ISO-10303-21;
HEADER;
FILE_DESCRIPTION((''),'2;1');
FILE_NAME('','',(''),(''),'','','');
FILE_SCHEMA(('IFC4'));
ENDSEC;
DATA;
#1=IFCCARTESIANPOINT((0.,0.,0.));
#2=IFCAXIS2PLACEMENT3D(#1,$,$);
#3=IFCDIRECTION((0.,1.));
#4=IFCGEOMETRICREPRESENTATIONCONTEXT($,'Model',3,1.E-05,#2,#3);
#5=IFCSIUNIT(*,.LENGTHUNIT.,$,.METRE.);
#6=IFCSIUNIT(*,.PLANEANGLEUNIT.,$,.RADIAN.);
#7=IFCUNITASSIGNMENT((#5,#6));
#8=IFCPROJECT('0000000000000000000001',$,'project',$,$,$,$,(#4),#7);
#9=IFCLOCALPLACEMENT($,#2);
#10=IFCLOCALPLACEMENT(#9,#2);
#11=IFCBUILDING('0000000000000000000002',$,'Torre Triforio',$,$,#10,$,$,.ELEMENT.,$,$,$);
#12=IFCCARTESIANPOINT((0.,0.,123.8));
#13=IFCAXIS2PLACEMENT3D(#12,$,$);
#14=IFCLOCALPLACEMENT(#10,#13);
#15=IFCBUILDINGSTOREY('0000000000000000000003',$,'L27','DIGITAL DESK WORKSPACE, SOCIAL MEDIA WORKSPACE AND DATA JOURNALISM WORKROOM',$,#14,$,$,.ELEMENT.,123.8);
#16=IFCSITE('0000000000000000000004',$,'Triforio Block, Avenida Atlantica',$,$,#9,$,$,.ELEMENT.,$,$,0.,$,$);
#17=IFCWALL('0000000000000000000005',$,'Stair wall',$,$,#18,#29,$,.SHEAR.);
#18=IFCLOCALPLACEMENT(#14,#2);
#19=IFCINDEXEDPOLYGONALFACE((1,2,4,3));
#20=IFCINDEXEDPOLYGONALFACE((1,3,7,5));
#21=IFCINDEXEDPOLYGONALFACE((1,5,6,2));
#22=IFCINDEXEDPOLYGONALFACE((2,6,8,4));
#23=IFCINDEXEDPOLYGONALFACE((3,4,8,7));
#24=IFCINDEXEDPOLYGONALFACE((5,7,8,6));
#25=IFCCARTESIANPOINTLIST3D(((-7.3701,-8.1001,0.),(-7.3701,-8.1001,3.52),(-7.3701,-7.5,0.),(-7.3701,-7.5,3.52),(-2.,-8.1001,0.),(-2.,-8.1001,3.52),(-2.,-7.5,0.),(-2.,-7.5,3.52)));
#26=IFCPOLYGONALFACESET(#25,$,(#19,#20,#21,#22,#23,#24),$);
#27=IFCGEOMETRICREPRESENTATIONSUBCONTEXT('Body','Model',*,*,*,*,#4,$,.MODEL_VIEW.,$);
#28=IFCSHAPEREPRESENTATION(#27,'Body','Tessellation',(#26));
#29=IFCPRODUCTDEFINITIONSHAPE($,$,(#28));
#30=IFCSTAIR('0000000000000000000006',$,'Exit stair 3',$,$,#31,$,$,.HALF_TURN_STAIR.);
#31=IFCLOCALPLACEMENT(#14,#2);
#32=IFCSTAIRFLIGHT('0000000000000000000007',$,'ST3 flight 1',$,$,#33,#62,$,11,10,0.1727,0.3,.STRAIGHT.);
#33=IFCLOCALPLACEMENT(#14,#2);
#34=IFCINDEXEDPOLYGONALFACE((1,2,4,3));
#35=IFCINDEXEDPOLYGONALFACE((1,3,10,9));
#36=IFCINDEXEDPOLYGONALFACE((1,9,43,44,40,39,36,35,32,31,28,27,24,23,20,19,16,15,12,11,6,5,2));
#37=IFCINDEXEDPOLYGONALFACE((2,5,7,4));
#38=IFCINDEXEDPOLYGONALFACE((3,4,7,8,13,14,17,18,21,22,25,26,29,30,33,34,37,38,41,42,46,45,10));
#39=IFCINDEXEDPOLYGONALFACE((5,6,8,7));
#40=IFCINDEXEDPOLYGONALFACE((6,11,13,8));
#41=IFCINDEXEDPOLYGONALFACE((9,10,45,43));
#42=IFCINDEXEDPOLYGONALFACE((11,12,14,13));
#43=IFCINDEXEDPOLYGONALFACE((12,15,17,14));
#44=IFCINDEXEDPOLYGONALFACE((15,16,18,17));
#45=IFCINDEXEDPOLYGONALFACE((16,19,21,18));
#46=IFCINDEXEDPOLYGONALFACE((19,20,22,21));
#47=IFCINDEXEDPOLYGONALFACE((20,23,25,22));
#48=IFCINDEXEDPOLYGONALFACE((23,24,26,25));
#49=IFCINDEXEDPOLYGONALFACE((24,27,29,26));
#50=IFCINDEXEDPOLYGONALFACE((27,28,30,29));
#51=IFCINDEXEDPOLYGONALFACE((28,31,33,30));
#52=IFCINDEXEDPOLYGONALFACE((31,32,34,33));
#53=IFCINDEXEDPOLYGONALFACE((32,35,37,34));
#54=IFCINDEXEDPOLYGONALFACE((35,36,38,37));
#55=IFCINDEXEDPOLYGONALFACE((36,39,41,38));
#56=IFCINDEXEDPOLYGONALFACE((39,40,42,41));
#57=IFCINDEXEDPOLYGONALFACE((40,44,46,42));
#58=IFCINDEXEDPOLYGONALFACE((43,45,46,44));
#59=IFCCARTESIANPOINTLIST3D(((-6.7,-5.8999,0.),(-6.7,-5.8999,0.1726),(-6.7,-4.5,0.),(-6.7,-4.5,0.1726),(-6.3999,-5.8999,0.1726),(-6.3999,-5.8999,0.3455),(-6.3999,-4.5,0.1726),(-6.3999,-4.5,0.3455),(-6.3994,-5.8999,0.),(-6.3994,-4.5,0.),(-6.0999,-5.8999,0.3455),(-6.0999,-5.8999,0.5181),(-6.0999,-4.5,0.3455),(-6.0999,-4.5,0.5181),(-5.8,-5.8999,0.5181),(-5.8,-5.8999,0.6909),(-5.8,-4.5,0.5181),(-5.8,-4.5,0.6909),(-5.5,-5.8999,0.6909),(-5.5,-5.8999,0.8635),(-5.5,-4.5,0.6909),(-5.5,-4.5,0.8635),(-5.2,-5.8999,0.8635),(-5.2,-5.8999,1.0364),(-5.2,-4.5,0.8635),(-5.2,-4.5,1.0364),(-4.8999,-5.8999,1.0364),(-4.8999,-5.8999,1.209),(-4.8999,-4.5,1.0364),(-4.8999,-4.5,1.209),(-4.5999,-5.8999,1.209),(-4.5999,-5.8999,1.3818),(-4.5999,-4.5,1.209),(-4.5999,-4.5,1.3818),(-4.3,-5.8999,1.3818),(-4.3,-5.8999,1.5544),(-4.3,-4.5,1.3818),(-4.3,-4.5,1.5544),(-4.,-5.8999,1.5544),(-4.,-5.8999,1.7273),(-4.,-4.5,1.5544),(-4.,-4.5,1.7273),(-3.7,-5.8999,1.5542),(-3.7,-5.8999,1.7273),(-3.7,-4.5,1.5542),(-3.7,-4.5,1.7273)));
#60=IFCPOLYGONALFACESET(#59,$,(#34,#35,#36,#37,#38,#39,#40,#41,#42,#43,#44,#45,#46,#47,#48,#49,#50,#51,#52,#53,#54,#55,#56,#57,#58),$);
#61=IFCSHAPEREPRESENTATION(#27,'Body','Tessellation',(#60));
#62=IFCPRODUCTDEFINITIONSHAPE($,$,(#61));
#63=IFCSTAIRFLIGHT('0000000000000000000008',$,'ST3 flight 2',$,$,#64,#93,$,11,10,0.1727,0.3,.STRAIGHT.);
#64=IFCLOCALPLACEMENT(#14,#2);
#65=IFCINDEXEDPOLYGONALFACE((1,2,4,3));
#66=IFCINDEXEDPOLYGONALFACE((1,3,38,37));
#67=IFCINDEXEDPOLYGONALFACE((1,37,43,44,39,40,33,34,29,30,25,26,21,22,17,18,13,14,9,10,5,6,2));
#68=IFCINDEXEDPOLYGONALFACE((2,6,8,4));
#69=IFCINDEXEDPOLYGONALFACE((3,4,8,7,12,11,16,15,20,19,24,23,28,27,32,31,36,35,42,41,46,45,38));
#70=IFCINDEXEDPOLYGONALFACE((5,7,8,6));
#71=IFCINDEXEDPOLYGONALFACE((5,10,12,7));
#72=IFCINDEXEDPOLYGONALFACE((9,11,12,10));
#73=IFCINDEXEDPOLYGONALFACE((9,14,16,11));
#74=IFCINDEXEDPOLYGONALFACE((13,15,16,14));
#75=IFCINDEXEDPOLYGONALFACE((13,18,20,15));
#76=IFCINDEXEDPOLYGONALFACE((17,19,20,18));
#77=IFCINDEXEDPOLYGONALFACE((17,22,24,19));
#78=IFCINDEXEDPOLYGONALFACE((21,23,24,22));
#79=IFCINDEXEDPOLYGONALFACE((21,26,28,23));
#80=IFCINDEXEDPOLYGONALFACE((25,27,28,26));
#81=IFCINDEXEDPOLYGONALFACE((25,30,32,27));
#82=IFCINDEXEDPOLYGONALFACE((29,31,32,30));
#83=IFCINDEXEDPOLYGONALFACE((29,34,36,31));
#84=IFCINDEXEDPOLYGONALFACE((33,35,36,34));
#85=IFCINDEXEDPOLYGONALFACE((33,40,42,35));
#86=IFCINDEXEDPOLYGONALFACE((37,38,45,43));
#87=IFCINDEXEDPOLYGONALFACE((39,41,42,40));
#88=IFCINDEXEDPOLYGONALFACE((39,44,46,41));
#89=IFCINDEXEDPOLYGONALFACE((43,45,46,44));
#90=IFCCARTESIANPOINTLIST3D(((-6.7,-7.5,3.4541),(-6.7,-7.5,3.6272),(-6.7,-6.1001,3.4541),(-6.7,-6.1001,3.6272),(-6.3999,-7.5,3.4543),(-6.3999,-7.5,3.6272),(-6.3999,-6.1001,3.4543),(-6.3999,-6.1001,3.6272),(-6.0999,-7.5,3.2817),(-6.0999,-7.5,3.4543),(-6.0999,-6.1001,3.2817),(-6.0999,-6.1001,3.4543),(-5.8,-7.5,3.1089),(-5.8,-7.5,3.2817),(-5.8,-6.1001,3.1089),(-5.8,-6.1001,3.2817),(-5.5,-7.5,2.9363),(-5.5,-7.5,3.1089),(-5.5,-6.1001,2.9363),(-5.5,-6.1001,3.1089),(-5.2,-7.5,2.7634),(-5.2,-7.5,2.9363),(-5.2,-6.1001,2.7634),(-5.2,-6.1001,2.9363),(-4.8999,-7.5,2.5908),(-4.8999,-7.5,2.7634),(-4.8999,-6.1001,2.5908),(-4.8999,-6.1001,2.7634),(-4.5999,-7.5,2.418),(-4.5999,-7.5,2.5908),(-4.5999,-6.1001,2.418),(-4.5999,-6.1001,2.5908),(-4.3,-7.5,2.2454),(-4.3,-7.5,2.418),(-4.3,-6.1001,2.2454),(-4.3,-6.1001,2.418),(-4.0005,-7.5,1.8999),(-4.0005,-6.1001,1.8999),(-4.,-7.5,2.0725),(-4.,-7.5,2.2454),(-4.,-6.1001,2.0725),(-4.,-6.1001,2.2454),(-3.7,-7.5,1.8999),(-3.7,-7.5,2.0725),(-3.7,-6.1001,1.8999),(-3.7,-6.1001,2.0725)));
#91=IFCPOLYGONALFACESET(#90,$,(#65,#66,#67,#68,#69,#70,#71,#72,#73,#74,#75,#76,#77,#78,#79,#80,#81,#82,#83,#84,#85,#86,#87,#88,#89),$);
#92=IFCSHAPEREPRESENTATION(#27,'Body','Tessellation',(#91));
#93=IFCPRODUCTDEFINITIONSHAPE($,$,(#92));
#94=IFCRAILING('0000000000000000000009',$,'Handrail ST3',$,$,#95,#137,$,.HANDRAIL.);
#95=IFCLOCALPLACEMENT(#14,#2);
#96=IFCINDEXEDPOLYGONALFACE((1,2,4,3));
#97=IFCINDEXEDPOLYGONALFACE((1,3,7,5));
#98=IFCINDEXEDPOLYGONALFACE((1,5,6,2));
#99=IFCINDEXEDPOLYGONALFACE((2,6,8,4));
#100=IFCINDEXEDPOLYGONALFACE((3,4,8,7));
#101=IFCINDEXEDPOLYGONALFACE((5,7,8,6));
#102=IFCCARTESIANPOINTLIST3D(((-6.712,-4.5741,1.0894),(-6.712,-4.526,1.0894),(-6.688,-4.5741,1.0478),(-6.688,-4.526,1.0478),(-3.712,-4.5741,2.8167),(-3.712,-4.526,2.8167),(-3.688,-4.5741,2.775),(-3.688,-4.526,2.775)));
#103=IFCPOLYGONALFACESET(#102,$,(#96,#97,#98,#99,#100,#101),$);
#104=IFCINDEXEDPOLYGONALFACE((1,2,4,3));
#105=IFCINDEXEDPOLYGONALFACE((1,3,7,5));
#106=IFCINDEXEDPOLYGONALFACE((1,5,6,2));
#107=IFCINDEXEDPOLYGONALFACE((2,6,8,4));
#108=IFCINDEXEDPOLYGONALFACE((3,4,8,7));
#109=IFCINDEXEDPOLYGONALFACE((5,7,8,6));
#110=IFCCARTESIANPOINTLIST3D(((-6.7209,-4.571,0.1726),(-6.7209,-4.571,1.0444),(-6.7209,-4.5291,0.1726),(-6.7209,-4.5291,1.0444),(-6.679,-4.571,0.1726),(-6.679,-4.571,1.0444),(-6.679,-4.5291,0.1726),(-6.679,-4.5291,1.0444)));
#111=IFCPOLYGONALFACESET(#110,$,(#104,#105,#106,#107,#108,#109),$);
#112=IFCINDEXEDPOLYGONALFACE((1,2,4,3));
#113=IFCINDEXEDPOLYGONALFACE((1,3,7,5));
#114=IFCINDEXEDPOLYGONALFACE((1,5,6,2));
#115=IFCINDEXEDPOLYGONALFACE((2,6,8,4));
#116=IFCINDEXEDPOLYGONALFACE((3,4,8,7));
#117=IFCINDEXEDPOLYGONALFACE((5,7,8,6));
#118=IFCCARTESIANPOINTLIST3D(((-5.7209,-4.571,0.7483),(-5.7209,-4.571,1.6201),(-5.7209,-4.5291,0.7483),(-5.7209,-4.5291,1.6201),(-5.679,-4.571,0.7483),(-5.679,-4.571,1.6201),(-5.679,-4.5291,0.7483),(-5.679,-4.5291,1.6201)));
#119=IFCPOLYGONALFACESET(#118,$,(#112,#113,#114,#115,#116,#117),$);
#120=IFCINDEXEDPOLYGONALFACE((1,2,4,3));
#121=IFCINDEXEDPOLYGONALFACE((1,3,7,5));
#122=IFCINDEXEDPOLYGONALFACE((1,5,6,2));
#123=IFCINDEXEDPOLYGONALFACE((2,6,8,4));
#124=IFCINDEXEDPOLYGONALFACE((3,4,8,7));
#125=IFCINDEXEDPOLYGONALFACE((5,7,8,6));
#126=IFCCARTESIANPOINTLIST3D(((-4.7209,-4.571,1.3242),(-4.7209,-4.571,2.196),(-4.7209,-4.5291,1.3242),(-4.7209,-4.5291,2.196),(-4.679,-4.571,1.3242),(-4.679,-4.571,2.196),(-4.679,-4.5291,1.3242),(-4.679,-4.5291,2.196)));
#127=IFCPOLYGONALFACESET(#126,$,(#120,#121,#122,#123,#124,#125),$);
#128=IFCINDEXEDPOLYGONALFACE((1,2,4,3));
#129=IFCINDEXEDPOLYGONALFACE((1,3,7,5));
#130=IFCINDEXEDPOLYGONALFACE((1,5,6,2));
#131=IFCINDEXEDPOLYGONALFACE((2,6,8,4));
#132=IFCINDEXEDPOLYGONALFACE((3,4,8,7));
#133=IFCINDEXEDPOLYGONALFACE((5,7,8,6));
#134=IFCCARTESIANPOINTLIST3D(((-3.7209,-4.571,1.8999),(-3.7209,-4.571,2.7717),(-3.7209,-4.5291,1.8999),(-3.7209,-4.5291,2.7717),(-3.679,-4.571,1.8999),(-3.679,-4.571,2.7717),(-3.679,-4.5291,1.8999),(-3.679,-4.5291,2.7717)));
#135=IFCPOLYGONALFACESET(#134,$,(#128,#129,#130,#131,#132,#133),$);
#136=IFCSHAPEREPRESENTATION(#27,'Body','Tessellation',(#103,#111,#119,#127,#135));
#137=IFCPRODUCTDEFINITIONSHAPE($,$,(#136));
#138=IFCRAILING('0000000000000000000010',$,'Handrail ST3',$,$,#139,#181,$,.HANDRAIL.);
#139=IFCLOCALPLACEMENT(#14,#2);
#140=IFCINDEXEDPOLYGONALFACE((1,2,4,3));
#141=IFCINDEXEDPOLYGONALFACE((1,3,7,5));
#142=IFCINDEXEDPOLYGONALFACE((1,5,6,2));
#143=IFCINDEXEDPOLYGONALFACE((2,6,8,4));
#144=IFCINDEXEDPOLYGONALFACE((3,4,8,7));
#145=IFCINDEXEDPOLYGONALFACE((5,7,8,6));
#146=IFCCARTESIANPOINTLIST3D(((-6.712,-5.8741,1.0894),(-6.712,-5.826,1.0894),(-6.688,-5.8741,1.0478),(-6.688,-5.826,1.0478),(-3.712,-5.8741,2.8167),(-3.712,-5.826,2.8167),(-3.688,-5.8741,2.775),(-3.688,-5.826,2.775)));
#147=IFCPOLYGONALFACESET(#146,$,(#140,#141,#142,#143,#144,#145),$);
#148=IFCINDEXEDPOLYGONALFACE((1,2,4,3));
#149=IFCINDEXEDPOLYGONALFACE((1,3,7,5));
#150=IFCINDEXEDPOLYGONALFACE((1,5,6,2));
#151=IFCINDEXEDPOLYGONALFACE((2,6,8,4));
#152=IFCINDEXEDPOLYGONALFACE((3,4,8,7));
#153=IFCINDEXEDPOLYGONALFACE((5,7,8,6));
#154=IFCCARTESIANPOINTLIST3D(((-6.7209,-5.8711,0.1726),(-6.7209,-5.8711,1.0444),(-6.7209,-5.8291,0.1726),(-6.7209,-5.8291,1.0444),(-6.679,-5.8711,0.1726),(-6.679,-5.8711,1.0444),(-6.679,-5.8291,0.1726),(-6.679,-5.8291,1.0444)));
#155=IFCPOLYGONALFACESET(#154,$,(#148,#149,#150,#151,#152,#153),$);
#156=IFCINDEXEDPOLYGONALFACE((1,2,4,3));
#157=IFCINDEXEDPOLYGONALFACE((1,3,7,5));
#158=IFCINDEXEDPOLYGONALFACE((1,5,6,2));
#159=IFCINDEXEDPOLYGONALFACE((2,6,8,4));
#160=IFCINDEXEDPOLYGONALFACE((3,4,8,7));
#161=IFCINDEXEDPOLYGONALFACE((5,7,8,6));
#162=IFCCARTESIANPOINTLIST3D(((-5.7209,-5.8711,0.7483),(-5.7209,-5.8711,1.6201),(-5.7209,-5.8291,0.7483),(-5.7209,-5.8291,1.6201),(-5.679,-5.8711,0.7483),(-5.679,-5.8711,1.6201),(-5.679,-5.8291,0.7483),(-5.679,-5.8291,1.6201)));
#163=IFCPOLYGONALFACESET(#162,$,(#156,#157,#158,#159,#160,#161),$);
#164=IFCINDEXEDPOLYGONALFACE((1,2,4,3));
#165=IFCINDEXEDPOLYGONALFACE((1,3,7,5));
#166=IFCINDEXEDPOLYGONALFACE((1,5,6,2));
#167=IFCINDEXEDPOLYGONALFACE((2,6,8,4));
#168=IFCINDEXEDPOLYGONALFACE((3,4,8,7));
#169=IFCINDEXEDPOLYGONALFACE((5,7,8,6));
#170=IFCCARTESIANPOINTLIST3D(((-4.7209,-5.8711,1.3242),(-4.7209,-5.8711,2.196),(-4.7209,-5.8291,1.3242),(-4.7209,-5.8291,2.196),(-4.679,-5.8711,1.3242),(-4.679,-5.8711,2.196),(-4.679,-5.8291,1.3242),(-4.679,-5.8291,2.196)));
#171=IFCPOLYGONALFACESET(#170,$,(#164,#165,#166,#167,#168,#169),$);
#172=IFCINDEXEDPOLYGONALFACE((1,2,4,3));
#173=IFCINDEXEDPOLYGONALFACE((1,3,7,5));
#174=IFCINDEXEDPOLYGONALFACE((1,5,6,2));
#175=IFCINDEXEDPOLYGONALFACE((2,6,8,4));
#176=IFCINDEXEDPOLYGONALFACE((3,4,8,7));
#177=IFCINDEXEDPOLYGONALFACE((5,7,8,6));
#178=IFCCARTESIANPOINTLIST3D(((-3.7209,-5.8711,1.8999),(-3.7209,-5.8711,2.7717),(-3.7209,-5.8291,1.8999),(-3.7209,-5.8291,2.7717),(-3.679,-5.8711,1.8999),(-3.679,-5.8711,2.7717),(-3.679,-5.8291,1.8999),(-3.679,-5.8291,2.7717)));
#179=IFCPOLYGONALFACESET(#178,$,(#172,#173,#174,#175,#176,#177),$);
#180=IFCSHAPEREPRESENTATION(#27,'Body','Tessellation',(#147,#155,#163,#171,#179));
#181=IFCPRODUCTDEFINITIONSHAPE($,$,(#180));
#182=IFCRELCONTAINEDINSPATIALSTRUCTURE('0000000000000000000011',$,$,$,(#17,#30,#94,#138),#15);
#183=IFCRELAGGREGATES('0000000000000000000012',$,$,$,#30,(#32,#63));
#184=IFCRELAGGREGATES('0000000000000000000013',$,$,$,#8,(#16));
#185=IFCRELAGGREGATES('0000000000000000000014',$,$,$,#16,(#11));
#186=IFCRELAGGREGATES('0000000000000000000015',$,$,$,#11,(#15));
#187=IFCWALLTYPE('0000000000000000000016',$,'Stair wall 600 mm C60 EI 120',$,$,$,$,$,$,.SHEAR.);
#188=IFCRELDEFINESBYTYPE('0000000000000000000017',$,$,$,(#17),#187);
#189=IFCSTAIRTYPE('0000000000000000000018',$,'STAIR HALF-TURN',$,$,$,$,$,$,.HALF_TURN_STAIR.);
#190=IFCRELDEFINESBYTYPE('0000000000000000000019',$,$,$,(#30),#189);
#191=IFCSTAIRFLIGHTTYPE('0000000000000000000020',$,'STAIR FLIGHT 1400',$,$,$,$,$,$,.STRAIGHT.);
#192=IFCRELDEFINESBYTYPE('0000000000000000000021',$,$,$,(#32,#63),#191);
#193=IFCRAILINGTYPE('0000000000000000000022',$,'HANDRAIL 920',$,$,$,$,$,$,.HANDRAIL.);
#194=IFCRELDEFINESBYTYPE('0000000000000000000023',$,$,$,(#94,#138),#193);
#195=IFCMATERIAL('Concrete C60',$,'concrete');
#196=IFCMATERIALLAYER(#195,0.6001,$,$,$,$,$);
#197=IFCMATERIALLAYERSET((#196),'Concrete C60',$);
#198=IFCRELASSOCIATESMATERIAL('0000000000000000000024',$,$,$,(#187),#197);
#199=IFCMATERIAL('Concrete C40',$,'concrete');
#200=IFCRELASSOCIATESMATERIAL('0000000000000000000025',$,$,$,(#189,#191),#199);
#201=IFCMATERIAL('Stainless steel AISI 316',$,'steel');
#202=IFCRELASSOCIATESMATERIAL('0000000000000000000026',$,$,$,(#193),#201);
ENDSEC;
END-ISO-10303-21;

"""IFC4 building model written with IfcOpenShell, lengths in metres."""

from ifc_helpers import new_model, si_unit, direction, frame, frame_2d, origin, origin_2d, place, context, subcontext, project, spatial, polyline, rectangle, outline, extrude, material, layer, layer_set, type_object, element, aggregate, save


model = new_model("IFC4")

# Units and contexts
model_context = context("Model", 3, precision=1e-05, world=origin(), true_north=direction((0.0, 1.0)))
body_context = subcontext(model_context, "Body", "Model", "MODEL_VIEW")
ifc_project = project(units=[si_unit("LENGTHUNIT", "METRE"), si_unit("PLANEANGLEUNIT", "RADIAN")], contexts=[model_context])

# Site, building, storey
site_placement = place(None, origin())
site = spatial("IfcSite", under=ifc_project, at=site_placement, Name="Triforio Block, Avenida Atlantica", CompositionType="ELEMENT", RefElevation=0.0)
building_placement = place(site_placement, origin())
building = spatial("IfcBuilding", under=site, at=building_placement, Name="Torre Triforio", CompositionType="ELEMENT")
storey_placement = place(building_placement, frame((0.0, 0.0, 123.8)))
storey = spatial("IfcBuildingStorey", under=building, at=storey_placement, Name="L27", Description="DIGITAL DESK WORKSPACE, SOCIAL MEDIA WORKSPACE AND DATA JOURNALISM WORKROOM", CompositionType="ELEMENT", Elevation=123.8)

# Shared definitions
ifc_material_1 = material(Name="Concrete C60", Category="concrete")

# Wall
ifc_layer_1 = layer(ifc_material_1, 0.6001)
ifc_layer_set_1 = layer_set([ifc_layer_1], Name="Concrete C60")
wall_type_1 = type_object("IfcWallType", Name="Stair wall 600 mm C60 EI 120", PredefinedType="SHEAR", material=ifc_layer_set_1)
wall_1_placement = place(storey_placement, frame((-7.3701, -7.8, 0.0), z_axis=(0.0, 0.0, 1.0), x_axis=(1.0, 0.0, 0.0)))
element("IfcWall", 1, at=wall_1_placement, inside=storey, type_object=wall_type_1, Name="Stair wall", PredefinedType="SHEAR", context=body_context, shape_type="SweptSolid", body=[
    extrude(rectangle(XDim=5.3701, YDim=0.6001, at=frame_2d((2.6851, 0.0))), origin(), (0.0, 0.0, 1.0), 3.52),
])

# Stair, stair flights
ifc_material_2 = material(Name="Concrete C40", Category="concrete")
stair_type = type_object("IfcStairType", Name="STAIR HALF-TURN", PredefinedType="HALF_TURN_STAIR", material=ifc_material_2)
stair_placement = place(storey_placement, origin())
stair = element("IfcStair", 2, at=stair_placement, inside=storey, type_object=stair_type, Name="Exit stair 3", PredefinedType="HALF_TURN_STAIR")
stair_flight_type = type_object("IfcStairFlightType", Name="STAIR FLIGHT 1400", PredefinedType="STRAIGHT", material=ifc_material_2)
stair_flight_1_placement = place(storey_placement, frame((-6.7, -5.2, 0.0), z_axis=(0.0, 0.0, 1.0), x_axis=(1.0, 0.0, 0.0)))
stair_flight_1 = element("IfcStairFlight", 3, at=stair_flight_1_placement, type_object=stair_flight_type, Name="ST3 flight 1", NumberOfRisers=11, NumberOfTreads=10, PredefinedType="STRAIGHT", RiserHeight=0.1727, TreadLength=0.3, context=body_context, shape_type="SweptSolid", body=[
    extrude(outline(polyline([(0.0, 0.0), (0.0, 0.1726), (0.3, 0.1726), (0.3, 0.3455), (0.6001, 0.3455), (0.6001, 0.5181), (0.8999, 0.5181), (0.8999, 0.6909), (1.2, 0.6909), (1.2, 0.8635), (1.5, 0.8635), (1.5, 1.0364), (1.8, 1.0364), (1.8, 1.209), (2.1001, 1.209), (2.1001, 1.3818), (2.3999, 1.3818), (2.3999, 1.5544), (2.7, 1.5544), (2.7, 1.7273), (3.0, 1.7273), (3.0, 1.8999), (3.0, 1.5542), (0.3005, 0.0), (0.0, 0.0)])), frame((0.0, 0.7, 0.0), z_axis=(0.0, -1.0, 0.0), x_axis=(1.0, 0.0, 0.0)), (0.0, 0.0, 1.0), 1.3999),
])
stair_flight_2_placement = place(storey_placement, frame((-3.7, -6.8, 1.8999), z_axis=(0.0, 0.0, 1.0), x_axis=(-1.0, 0.0, 0.0)))
stair_flight_2 = element("IfcStairFlight", 4, at=stair_flight_2_placement, type_object=stair_flight_type, Name="ST3 flight 2", NumberOfRisers=11, NumberOfTreads=10, PredefinedType="STRAIGHT", RiserHeight=0.1727, TreadLength=0.3, context=body_context, shape_type="SweptSolid", body=[
    extrude(outline(polyline([(0.0, 0.0), (0.0, 0.1726), (0.3, 0.1726), (0.3, 0.3455), (0.6001, 0.3455), (0.6001, 0.5181), (0.8999, 0.5181), (0.8999, 0.6909), (1.2, 0.6909), (1.2, 0.8635), (1.5, 0.8635), (1.5, 1.0364), (1.8, 1.0364), (1.8, 1.209), (2.1001, 1.209), (2.1001, 1.3818), (2.3999, 1.3818), (2.3999, 1.5544), (2.7, 1.5544), (2.7, 1.7273), (3.0, 1.7273), (3.0, 1.8999), (3.0, 1.5542), (0.3005, 0.0), (0.0, 0.0)])), frame((0.0, 0.7, 0.0), z_axis=(0.0, -1.0, 0.0), x_axis=(1.0, 0.0, 0.0)), (0.0, 0.0, 1.0), 1.3999),
])
aggregate(stair, [stair_flight_1, stair_flight_2])

# Railings
ifc_material_3 = material(Name="Stainless steel AISI 316", Category="steel")
railing_type = type_object("IfcRailingType", Name="HANDRAIL 920", PredefinedType="HANDRAIL", material=ifc_material_3)
for number, where, name in (
    (5, (-6.7, -4.55, 0.1726), "Handrail ST3"),
    (6, (-6.7, -5.8501, 0.1726), "Handrail ST3"),
):
    element("IfcRailing", number, at=place(storey_placement, frame(where)), inside=storey, type_object=railing_type, Name=name, PredefinedType="HANDRAIL", context=body_context, shape_type="SweptSolid", body=[
        extrude(rectangle(XDim=0.0481, YDim=0.0481, at=origin_2d()), frame((0.0, 0.0, 0.896), z_axis=(0.86662, 0.0, 0.498969), x_axis=(0.0, 1.0, 0.0)), (0.0, 0.0, 1.0), 3.4617),
        extrude(rectangle(XDim=0.042, YDim=0.042, at=origin_2d()), origin(), (0.0, 0.0, 1.0), 0.8718),
        extrude(rectangle(XDim=0.042, YDim=0.042, at=origin_2d()), frame((1.0, 0.0, 0.5757)), (0.0, 0.0, 1.0), 0.8718),
        extrude(rectangle(XDim=0.042, YDim=0.042, at=origin_2d()), frame((2.0, 0.0, 1.1516)), (0.0, 0.0, 1.0), 0.8718),
        extrude(rectangle(XDim=0.042, YDim=0.042, at=origin_2d()), frame((3.0, 0.0, 1.7273)), (0.0, 0.0, 1.0), 0.8718),
    ])

save(model, "model.ifc")
